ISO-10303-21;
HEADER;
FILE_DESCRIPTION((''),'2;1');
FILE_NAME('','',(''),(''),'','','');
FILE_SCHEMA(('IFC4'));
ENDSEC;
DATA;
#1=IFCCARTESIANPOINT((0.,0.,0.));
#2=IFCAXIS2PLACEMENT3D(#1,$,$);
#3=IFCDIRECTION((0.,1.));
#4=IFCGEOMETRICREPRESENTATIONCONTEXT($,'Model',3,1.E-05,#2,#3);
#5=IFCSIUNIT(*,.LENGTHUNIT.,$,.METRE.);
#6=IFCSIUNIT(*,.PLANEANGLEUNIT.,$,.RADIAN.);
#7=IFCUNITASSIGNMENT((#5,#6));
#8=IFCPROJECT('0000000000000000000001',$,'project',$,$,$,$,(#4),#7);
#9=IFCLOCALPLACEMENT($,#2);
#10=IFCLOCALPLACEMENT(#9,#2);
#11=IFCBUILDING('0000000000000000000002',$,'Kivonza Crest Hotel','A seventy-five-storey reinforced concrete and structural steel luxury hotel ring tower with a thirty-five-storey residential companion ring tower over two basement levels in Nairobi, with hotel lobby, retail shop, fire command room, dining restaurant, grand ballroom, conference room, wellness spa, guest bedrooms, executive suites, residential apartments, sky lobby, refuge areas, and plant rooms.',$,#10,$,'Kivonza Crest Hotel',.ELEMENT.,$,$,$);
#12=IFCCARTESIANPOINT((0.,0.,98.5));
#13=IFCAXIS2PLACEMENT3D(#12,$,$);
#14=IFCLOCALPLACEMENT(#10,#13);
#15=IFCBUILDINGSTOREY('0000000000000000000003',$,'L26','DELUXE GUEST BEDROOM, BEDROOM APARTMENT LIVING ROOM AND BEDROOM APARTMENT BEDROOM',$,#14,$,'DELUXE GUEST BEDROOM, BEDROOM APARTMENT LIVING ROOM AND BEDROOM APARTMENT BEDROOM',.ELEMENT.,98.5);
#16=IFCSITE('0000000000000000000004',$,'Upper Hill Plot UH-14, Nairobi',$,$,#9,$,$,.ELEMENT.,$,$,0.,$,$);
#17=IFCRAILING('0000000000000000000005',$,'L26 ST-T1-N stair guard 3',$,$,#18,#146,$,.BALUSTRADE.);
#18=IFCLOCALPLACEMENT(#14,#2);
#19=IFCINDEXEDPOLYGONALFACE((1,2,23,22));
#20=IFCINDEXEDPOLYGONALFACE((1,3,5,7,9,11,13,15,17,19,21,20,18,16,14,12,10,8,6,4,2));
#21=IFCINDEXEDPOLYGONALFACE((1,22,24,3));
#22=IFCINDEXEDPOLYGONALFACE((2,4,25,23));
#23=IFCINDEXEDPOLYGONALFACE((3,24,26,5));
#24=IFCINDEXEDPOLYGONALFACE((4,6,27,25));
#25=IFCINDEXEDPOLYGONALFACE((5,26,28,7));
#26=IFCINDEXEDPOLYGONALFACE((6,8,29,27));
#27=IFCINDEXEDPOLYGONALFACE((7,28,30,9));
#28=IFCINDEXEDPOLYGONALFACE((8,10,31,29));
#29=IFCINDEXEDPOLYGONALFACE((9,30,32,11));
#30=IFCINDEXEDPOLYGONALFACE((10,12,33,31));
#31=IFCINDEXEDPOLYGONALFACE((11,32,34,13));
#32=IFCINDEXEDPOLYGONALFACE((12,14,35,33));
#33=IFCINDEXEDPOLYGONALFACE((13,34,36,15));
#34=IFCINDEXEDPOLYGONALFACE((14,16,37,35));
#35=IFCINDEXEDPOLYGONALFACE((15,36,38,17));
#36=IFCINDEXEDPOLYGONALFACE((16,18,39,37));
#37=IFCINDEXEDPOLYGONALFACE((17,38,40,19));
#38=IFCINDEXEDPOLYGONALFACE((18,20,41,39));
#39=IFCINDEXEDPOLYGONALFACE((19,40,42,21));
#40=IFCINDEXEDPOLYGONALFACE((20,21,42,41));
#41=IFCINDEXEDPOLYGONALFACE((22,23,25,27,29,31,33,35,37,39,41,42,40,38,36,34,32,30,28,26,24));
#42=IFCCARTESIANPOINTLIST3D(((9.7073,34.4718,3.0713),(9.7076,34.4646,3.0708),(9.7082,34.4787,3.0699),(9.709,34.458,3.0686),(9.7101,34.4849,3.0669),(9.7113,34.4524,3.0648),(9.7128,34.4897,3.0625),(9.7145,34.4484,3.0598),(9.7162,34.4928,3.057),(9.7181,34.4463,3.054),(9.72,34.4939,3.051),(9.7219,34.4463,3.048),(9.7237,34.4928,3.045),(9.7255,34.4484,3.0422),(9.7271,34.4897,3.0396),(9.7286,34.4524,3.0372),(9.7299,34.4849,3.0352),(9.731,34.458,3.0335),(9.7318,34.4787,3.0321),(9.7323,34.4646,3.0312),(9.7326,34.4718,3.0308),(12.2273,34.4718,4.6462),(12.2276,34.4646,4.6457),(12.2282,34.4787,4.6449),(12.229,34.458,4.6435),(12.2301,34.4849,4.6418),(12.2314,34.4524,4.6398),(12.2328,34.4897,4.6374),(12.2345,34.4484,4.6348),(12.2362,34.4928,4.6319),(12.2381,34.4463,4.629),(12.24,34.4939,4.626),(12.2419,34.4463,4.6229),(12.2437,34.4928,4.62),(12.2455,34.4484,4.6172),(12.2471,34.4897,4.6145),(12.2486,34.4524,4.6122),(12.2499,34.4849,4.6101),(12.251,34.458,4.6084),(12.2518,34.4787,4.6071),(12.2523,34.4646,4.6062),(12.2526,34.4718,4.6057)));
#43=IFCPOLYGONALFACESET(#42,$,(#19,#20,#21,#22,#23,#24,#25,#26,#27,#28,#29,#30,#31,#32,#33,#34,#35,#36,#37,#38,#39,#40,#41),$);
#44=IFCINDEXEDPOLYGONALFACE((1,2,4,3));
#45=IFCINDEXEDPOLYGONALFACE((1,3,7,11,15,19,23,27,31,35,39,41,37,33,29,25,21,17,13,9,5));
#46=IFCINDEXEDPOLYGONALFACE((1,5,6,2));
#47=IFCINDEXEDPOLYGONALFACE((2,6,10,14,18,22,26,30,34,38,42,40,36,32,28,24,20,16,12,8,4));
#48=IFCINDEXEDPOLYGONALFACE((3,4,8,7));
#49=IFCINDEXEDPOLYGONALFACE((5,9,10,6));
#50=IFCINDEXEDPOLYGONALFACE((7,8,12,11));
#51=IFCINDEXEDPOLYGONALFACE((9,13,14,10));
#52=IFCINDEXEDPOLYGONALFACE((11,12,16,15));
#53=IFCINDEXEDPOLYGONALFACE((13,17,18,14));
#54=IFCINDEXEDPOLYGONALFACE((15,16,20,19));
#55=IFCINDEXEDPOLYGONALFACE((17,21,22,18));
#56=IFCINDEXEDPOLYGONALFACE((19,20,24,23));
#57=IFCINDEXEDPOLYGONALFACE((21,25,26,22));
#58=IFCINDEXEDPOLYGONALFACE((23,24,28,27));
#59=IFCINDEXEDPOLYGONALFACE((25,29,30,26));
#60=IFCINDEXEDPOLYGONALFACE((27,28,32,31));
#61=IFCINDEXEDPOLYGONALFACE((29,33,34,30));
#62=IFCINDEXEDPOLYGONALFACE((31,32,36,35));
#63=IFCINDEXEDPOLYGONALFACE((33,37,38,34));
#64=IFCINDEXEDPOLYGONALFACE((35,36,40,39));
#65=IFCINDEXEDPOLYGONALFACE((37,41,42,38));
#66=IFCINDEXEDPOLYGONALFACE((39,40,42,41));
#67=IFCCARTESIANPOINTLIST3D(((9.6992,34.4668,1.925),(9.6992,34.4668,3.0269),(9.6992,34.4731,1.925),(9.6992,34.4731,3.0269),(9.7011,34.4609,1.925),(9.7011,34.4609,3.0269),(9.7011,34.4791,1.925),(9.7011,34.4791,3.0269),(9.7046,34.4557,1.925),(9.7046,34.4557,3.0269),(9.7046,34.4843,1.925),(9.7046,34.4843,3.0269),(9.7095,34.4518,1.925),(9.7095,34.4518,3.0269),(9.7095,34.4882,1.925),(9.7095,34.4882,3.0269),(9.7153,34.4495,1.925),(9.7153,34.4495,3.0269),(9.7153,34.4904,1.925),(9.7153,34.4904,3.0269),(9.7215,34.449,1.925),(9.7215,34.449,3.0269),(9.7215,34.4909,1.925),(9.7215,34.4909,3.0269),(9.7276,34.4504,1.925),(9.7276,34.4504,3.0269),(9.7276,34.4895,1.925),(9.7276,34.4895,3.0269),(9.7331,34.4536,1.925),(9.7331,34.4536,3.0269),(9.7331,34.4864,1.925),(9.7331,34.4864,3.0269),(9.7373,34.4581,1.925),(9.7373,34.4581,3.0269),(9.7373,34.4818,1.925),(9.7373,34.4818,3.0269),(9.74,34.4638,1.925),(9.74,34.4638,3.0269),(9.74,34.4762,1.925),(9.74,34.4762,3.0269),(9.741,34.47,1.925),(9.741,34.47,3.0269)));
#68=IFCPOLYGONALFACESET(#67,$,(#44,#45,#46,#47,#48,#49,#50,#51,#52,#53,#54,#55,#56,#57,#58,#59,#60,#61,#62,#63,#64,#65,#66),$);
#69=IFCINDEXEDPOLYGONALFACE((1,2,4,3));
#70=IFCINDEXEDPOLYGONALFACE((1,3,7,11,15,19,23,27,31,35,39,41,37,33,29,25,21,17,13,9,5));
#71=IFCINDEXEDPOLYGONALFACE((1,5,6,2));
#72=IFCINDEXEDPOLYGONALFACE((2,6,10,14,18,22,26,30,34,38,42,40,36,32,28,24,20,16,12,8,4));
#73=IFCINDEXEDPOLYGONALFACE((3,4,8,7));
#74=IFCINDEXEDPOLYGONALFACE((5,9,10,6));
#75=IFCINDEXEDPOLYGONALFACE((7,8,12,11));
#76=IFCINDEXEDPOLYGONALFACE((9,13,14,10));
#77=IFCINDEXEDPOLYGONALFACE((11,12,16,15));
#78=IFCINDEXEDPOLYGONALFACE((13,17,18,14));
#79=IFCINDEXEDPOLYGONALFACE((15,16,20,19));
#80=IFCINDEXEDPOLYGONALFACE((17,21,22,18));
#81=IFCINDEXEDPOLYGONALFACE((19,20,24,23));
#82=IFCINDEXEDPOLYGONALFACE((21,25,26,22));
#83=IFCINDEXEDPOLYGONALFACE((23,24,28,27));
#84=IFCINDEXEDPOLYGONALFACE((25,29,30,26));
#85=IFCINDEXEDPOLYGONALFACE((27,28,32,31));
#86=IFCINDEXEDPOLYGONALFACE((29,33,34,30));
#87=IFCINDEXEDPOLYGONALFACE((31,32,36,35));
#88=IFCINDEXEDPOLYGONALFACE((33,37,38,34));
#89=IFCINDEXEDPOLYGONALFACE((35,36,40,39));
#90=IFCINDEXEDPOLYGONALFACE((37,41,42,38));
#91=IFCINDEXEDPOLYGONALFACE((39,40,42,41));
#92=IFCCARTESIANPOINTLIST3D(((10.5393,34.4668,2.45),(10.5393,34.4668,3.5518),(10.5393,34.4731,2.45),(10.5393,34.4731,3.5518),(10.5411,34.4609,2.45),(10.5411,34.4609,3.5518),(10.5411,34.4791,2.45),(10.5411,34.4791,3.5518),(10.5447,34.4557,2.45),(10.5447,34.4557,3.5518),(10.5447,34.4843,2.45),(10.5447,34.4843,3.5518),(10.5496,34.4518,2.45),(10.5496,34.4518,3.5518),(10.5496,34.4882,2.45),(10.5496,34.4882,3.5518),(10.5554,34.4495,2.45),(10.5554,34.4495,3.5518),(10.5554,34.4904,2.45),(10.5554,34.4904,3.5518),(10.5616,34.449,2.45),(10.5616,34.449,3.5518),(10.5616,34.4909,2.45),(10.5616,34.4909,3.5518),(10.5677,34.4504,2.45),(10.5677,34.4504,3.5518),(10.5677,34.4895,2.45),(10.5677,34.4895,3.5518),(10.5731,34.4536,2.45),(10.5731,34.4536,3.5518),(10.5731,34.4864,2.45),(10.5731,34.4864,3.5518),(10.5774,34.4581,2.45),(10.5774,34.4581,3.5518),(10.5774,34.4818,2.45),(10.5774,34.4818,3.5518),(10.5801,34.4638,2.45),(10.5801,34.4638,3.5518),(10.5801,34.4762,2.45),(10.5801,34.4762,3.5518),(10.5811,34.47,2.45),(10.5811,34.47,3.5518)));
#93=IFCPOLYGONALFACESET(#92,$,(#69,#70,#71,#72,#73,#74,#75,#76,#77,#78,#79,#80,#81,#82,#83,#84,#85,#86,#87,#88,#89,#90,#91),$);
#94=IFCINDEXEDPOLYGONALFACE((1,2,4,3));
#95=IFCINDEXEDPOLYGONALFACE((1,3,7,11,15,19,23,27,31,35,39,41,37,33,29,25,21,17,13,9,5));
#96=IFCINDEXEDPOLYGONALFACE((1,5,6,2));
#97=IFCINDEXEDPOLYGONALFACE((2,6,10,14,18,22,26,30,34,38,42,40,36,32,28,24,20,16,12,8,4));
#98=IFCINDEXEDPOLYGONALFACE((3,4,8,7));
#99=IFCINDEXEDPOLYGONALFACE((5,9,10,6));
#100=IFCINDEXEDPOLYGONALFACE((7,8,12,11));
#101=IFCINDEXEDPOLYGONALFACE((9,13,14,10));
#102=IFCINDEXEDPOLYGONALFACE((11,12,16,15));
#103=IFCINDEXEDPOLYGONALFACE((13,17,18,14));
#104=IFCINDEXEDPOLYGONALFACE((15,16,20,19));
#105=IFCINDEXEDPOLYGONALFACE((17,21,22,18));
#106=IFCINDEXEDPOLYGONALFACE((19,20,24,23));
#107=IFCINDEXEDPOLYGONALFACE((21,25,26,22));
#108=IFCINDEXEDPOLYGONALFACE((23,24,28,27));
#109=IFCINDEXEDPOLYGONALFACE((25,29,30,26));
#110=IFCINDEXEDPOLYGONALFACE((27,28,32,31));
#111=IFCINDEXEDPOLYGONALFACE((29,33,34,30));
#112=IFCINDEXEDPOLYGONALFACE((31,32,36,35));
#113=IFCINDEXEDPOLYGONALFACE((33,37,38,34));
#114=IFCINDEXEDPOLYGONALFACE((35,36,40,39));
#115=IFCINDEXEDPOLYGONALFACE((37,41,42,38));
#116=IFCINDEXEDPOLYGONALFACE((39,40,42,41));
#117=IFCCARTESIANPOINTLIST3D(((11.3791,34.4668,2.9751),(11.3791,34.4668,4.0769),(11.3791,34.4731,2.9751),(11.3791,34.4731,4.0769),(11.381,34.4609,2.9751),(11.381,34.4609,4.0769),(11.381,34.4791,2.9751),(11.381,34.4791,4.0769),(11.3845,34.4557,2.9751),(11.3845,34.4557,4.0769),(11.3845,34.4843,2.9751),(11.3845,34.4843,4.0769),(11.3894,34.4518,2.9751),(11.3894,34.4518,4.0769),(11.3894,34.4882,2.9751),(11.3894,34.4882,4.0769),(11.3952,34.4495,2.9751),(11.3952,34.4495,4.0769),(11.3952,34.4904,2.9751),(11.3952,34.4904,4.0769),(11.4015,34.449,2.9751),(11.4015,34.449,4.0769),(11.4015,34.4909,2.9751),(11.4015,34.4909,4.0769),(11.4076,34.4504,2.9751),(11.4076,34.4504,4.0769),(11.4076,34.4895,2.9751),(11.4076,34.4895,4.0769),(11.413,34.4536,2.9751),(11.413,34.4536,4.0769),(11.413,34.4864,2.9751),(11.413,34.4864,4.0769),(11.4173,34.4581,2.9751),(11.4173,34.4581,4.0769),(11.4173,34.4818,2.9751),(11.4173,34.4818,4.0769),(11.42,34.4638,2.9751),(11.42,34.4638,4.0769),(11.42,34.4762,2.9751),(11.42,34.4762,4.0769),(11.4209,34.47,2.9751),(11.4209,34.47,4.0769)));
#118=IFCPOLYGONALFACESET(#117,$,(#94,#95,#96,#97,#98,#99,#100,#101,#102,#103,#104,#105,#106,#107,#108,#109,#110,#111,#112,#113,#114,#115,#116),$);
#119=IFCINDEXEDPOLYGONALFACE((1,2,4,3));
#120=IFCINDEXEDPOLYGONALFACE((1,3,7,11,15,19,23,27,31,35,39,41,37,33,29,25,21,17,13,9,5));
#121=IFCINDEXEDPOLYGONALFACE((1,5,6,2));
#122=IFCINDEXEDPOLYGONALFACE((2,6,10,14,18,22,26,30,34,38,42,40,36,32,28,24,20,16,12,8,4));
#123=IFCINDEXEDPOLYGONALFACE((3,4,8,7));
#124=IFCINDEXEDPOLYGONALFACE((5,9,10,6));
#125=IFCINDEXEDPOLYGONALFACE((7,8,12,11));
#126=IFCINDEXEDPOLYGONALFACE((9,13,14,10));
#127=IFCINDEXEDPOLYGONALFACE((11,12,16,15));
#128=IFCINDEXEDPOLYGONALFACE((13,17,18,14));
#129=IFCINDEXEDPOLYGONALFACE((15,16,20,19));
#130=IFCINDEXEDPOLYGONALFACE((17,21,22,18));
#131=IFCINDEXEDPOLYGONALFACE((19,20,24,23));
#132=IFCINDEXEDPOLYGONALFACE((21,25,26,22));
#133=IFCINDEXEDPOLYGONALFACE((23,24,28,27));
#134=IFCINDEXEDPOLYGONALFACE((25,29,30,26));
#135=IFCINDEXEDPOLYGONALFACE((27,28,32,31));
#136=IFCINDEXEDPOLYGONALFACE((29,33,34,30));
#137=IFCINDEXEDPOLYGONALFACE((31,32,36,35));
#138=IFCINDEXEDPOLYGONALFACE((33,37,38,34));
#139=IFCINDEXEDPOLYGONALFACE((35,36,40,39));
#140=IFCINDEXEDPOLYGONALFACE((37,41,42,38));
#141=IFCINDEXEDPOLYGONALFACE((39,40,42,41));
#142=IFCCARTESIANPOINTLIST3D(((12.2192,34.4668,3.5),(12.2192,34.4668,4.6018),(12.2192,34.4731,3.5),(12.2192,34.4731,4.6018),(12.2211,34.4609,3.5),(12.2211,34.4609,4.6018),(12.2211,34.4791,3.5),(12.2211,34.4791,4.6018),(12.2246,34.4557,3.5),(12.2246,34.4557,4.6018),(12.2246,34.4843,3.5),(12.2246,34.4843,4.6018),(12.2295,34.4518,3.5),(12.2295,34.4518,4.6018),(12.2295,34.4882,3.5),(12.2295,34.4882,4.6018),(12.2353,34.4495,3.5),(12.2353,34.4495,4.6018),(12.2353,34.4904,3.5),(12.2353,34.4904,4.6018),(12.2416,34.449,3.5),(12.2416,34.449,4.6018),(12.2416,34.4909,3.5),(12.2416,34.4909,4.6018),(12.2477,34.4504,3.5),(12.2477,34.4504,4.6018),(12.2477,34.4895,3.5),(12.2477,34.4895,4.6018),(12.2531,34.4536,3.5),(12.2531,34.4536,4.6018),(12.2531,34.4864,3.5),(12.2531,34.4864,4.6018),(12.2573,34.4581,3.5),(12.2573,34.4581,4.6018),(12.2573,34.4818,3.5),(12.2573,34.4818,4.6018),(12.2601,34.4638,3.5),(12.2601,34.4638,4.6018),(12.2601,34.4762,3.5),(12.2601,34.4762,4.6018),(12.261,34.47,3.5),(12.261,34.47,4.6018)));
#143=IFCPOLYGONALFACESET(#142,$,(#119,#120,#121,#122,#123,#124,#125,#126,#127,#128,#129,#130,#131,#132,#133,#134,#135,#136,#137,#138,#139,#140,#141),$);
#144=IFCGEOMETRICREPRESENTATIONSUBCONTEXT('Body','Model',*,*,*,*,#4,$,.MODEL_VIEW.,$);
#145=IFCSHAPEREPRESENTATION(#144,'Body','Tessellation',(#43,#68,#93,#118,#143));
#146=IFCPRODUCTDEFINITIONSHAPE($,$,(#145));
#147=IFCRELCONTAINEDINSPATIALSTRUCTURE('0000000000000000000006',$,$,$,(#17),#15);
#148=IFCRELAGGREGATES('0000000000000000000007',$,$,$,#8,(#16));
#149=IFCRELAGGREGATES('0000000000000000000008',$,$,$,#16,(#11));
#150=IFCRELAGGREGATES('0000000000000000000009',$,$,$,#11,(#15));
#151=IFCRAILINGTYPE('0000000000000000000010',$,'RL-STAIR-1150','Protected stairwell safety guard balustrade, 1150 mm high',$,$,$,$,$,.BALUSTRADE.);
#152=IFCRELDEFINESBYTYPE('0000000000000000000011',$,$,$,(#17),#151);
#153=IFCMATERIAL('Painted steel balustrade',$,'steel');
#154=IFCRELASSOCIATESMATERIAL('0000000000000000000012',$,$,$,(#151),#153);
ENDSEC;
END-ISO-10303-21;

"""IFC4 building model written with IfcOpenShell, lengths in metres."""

from ifc_helpers import new_model, si_unit, direction, frame, origin, origin_2d, place, context, subcontext, project, spatial, circle, extrude, material, type_object, element, save


model = new_model("IFC4")

# Units and contexts
model_context = context("Model", 3, precision=1e-05, world=origin(), true_north=direction((0.0, 1.0)))
body_context = subcontext(model_context, "Body", "Model", "MODEL_VIEW")
ifc_project = project(units=[si_unit("LENGTHUNIT", "METRE"), si_unit("PLANEANGLEUNIT", "RADIAN")], contexts=[model_context])

# Site, building, storey
site_placement = place(None, origin())
site = spatial("IfcSite", under=ifc_project, at=site_placement, Name="Upper Hill Plot UH-14, Nairobi", CompositionType="ELEMENT", RefElevation=0.0)
building_placement = place(site_placement, origin())
building = spatial("IfcBuilding", under=site, at=building_placement, Name="Kivonza Crest Hotel", Description="A seventy-five-storey reinforced concrete and structural steel luxury hotel ring tower with a thirty-five-storey residential companion ring tower over two basement levels in Nairobi, with hotel lobby, retail shop, fire command room, dining restaurant, grand ballroom, conference room, wellness spa, guest bedrooms, executive suites, residential apartments, sky lobby, refuge areas, and plant rooms.", LongName="Kivonza Crest Hotel", CompositionType="ELEMENT")
storey_placement = place(building_placement, frame((0.0, 0.0, 98.5)))
storey = spatial("IfcBuildingStorey", under=building, at=storey_placement, Name="L26", Description="DELUXE GUEST BEDROOM, BEDROOM APARTMENT LIVING ROOM AND BEDROOM APARTMENT BEDROOM", LongName="DELUXE GUEST BEDROOM, BEDROOM APARTMENT LIVING ROOM AND BEDROOM APARTMENT BEDROOM", CompositionType="ELEMENT", Elevation=98.5)

# Railing
ifc_material_1 = material(Name="Painted steel balustrade", Category="steel")
railing_type_1 = type_object("IfcRailingType", Name="RL-STAIR-1150", Description="Protected stairwell safety guard balustrade, 1150 mm high", PredefinedType="BALUSTRADE", material=ifc_material_1)
railing_1_placement = place(storey_placement, frame((9.72, 34.47, 1.925)))
element("IfcRailing", 1, at=railing_1_placement, inside=storey, type_object=railing_type_1, Name="L26 ST-T1-N stair guard 3", PredefinedType="BALUSTRADE", context=body_context, shape_type="SweptSolid", body=[
    extrude(circle(Radius=0.0239, at=origin_2d()), frame((0.0, 0.0, 1.126), z_axis=(0.848008, 0.0, 0.529984), x_axis=(0.0, 1.0, 0.0)), (0.0, 0.0, 1.0), 2.9717),
    extrude(circle(Radius=0.021, at=origin_2d()), origin(), (0.0, 0.0, 1.0), 1.1018),
    extrude(circle(Radius=0.021, at=origin_2d()), frame((0.8401, 0.0, 0.5249)), (0.0, 0.0, 1.0), 1.1018),
    extrude(circle(Radius=0.021, at=origin_2d()), frame((1.6799, 0.0, 1.05)), (0.0, 0.0, 1.0), 1.1018),
    extrude(circle(Radius=0.021, at=origin_2d()), frame((2.52, 0.0, 1.575)), (0.0, 0.0, 1.0), 1.1018),
])

save(model, "model.ifc")
